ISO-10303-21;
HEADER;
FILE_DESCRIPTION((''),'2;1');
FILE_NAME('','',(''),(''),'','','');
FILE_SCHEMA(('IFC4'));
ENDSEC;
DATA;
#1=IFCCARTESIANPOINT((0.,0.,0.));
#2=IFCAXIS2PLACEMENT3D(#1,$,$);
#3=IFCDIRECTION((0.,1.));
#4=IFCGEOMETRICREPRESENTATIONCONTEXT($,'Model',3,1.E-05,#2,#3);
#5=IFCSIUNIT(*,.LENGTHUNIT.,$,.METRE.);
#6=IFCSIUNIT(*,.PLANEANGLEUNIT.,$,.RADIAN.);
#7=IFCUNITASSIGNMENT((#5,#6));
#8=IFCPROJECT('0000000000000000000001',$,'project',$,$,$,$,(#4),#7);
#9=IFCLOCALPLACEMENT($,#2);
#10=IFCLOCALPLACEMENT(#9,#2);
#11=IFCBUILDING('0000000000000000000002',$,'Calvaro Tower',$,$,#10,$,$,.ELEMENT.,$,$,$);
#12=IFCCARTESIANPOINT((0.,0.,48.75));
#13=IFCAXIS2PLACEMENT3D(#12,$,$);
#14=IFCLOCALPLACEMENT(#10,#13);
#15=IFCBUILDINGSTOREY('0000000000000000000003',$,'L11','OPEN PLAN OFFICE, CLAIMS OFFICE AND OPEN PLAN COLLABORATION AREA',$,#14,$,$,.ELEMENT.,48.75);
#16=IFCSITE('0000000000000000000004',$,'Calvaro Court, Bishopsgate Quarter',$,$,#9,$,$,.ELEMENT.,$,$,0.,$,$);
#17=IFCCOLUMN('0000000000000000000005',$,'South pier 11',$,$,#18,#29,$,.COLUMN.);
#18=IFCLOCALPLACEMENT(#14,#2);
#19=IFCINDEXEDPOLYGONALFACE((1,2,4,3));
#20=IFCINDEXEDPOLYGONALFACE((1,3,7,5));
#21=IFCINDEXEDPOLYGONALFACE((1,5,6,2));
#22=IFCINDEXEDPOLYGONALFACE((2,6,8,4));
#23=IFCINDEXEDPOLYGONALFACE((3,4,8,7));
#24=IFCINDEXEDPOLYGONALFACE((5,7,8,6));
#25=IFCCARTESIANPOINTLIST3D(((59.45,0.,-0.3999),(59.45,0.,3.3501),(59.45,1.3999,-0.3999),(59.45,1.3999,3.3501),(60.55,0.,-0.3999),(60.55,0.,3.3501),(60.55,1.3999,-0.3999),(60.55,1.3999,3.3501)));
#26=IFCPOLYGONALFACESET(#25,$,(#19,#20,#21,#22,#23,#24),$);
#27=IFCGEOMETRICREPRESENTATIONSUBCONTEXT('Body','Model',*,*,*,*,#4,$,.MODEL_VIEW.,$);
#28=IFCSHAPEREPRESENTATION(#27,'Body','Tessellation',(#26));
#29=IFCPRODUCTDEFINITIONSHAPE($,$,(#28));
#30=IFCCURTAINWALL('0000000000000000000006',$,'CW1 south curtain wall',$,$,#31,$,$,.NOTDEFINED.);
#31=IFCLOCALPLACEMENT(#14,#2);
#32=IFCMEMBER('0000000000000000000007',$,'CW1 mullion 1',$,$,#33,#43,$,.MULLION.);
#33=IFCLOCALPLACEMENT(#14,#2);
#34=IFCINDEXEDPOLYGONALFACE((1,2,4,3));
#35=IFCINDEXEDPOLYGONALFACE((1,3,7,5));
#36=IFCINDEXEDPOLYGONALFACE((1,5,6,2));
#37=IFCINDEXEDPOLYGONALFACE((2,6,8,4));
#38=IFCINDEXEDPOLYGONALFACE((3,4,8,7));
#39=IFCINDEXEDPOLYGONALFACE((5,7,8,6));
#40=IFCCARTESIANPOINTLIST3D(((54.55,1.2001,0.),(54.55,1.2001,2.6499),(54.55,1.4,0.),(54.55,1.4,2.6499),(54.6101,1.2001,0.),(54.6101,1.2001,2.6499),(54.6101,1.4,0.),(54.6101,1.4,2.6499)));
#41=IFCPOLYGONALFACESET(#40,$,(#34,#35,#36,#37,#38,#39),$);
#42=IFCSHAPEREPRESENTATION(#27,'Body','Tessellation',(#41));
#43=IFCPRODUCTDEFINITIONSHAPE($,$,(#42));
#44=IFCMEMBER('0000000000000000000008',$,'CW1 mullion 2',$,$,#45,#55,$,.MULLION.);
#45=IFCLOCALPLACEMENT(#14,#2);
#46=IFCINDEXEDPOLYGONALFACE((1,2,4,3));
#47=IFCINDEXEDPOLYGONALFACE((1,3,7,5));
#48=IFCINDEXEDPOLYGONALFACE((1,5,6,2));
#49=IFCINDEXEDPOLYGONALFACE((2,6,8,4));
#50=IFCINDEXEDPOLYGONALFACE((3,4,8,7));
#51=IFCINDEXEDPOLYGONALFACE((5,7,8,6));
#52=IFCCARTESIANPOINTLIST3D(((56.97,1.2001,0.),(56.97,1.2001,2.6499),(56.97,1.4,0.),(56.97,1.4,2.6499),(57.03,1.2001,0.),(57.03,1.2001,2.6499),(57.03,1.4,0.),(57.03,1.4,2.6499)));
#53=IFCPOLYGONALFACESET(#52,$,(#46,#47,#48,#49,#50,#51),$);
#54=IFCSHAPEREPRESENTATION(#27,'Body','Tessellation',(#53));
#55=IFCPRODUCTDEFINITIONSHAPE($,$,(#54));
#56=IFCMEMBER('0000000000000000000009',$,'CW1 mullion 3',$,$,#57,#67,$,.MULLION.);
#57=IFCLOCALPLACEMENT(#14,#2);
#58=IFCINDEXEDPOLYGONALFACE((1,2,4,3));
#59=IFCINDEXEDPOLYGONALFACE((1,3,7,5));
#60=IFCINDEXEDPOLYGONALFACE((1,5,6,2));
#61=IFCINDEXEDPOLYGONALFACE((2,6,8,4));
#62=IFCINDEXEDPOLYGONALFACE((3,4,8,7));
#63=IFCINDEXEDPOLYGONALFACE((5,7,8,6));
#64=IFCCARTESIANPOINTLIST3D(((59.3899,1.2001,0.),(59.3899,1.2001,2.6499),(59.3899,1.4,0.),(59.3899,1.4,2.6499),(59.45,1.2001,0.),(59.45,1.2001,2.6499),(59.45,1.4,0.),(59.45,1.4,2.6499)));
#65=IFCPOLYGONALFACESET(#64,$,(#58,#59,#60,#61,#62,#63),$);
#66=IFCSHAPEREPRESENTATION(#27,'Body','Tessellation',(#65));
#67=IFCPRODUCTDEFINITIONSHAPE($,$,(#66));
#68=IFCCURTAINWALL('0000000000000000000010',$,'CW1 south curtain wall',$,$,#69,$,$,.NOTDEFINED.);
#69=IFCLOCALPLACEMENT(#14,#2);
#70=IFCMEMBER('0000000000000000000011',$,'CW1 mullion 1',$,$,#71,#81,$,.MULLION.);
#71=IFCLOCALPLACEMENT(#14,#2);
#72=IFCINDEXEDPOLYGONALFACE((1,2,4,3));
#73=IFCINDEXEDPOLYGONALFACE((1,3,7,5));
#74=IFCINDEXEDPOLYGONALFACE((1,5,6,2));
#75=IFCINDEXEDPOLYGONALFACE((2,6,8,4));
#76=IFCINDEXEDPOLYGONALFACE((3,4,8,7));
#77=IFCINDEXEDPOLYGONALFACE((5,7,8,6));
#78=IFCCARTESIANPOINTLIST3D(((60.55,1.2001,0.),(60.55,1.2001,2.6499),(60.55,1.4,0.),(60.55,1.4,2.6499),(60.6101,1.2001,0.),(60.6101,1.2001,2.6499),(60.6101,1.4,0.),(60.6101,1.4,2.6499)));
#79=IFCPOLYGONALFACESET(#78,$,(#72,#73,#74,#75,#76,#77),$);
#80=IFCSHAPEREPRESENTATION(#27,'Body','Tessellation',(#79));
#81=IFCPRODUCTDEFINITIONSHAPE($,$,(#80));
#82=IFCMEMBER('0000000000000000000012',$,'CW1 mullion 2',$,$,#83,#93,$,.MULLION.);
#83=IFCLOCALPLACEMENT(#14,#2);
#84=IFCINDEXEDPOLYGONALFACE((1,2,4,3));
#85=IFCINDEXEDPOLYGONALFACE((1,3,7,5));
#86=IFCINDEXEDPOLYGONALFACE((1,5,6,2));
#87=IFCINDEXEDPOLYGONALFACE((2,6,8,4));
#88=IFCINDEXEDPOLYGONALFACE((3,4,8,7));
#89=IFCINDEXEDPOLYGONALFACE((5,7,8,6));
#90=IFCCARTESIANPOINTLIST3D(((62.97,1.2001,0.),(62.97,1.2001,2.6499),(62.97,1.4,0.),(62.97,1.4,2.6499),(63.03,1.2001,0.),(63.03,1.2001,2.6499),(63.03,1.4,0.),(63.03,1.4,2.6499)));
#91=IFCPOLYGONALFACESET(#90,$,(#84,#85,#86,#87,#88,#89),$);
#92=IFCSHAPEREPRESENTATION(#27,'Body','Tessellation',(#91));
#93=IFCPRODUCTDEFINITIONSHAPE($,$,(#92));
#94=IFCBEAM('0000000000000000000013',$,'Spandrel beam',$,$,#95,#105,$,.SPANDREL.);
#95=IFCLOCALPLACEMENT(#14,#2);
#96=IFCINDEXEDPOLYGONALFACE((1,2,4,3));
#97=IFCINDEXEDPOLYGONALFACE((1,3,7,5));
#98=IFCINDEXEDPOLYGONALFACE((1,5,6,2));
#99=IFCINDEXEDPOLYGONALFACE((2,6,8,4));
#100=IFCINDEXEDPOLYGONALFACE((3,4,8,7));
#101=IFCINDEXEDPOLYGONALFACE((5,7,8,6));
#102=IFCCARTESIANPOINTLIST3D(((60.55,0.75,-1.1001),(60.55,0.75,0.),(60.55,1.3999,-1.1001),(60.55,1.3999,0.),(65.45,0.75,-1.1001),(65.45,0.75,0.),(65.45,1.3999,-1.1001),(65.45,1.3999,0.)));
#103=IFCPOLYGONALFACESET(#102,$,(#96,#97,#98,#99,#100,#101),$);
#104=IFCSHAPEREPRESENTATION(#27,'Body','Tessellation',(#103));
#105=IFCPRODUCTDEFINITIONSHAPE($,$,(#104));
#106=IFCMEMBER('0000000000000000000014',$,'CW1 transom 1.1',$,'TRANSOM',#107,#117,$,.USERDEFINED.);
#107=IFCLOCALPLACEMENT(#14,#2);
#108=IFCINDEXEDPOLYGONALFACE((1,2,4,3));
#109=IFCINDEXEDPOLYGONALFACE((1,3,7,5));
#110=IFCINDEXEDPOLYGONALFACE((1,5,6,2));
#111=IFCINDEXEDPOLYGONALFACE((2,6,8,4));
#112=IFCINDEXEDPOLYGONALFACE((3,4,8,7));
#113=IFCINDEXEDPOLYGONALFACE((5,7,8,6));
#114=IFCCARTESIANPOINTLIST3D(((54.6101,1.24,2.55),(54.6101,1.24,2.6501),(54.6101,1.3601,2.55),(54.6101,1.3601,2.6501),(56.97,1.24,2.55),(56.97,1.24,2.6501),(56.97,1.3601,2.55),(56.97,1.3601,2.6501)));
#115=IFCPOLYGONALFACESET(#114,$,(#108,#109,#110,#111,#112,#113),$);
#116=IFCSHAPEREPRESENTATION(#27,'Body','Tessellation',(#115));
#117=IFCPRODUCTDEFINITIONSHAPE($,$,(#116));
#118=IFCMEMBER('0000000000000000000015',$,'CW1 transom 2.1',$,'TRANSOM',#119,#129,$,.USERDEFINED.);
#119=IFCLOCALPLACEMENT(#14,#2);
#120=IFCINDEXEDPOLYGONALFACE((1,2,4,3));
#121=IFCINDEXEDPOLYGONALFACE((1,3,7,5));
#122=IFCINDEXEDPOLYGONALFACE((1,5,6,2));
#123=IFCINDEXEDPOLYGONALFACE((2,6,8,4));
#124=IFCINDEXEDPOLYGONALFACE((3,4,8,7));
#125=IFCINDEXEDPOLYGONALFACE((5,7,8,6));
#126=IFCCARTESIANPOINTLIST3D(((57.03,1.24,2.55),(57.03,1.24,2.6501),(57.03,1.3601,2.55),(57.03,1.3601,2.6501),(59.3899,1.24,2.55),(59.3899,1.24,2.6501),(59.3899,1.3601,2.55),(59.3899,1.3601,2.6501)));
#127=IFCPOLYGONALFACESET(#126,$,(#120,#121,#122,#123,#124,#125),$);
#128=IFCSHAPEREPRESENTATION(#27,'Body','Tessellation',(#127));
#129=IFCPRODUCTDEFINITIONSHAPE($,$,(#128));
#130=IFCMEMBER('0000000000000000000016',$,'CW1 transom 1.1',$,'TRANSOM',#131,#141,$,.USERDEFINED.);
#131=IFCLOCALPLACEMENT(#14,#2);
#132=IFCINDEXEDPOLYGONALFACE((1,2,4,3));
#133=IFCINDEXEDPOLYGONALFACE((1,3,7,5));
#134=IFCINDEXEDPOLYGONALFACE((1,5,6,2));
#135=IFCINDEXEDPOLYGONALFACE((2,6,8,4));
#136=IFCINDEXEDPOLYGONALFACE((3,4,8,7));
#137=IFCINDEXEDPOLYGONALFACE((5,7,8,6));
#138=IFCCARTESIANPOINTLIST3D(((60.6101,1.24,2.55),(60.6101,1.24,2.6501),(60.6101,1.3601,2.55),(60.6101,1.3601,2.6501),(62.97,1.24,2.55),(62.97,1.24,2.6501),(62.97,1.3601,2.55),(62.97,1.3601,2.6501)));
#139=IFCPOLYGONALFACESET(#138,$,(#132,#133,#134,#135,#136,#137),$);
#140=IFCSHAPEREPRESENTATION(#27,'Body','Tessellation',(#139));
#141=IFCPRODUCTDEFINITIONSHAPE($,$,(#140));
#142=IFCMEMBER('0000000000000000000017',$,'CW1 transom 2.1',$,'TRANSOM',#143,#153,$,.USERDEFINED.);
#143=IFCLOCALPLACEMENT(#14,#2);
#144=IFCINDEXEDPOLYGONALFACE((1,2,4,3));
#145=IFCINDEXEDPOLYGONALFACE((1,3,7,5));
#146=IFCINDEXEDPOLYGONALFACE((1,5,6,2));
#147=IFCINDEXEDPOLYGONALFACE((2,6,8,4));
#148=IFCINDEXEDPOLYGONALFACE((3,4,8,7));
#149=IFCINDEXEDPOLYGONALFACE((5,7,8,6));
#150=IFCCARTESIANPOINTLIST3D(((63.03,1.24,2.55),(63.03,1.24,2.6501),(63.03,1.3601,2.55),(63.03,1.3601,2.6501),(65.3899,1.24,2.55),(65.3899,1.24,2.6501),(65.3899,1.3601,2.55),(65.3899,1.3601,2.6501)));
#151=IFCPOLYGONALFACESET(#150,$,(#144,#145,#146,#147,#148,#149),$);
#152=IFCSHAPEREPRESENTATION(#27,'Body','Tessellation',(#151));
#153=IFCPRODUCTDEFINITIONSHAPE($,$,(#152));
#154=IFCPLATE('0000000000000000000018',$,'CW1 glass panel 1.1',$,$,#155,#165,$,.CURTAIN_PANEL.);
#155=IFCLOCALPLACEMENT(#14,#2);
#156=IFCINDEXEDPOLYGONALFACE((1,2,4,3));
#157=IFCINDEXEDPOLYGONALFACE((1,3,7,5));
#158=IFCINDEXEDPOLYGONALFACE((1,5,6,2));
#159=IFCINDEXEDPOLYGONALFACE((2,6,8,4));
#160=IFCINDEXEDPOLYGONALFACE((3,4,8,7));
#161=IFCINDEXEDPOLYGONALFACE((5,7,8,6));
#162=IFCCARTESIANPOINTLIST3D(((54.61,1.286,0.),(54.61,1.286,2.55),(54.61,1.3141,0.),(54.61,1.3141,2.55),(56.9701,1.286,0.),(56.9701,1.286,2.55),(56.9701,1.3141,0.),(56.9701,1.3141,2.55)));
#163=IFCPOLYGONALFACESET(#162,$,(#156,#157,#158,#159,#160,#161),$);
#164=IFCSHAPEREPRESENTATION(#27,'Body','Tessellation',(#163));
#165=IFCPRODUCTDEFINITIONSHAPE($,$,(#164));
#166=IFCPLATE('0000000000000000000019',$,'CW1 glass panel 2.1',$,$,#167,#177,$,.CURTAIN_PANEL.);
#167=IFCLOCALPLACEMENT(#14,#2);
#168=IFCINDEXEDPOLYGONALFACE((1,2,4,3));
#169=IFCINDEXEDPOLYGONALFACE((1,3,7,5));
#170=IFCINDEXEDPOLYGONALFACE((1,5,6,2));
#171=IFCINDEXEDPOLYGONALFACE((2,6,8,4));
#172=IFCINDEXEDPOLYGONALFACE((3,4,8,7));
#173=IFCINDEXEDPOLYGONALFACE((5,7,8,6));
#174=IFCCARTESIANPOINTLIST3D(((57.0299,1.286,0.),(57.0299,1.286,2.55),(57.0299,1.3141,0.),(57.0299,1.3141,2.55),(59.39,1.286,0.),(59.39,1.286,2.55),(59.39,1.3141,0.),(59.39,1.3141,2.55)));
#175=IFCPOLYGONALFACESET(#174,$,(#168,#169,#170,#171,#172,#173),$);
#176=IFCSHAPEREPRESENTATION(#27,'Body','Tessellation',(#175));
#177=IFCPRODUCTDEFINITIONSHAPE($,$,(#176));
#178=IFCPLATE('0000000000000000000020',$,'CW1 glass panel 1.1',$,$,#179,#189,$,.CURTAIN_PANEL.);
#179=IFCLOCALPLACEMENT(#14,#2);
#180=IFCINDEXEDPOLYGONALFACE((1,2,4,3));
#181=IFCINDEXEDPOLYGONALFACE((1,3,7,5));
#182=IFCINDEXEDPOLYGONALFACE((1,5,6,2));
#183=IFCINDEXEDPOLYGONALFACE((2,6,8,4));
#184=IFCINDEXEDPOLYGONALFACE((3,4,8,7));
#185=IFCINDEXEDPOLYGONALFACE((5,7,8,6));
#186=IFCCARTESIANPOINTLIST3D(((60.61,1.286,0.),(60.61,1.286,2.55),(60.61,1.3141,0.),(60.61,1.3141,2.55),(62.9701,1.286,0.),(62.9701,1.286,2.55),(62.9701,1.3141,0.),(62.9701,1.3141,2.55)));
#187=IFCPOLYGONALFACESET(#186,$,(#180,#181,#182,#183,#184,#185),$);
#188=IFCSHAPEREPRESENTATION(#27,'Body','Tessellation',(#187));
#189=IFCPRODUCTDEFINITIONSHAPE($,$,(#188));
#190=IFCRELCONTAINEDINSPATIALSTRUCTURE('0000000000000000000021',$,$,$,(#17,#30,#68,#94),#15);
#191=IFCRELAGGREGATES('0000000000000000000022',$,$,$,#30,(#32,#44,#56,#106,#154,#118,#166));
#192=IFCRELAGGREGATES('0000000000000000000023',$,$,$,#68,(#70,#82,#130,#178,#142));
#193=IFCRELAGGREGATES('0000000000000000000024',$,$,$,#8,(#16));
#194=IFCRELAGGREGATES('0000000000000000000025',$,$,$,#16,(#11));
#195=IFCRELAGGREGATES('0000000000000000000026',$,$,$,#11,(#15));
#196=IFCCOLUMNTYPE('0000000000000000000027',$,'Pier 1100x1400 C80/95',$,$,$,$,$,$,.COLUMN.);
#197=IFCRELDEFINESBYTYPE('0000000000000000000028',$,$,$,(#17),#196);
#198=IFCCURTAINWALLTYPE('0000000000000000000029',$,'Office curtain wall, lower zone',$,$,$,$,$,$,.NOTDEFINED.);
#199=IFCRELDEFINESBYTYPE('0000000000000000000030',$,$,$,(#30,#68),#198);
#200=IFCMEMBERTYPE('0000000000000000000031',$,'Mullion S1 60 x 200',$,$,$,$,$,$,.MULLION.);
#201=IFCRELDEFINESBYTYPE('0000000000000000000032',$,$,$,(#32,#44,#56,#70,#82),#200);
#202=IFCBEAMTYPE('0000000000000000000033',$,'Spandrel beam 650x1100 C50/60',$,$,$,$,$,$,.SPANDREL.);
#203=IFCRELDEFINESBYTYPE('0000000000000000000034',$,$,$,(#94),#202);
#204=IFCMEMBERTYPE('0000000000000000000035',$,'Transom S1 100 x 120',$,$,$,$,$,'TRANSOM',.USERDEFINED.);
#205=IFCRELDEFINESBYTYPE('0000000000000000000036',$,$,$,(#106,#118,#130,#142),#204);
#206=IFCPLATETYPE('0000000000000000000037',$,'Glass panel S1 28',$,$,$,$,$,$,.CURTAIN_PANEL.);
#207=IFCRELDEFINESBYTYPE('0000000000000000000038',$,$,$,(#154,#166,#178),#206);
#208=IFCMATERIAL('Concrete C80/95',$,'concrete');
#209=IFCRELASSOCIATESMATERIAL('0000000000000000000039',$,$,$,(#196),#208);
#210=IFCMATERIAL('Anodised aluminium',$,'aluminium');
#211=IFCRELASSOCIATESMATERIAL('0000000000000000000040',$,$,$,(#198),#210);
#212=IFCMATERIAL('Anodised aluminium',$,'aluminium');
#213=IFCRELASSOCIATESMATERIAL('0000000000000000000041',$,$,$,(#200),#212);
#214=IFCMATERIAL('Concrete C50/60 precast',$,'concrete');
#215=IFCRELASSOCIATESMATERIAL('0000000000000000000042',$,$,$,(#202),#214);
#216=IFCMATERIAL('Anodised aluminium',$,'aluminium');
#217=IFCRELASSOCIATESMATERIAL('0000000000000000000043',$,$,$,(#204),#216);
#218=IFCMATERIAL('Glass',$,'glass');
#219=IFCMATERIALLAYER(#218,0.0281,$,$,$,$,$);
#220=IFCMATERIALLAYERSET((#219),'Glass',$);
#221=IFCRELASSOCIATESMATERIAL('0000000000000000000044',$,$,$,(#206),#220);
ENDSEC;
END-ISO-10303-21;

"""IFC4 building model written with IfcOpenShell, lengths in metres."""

from ifc_helpers import new_model, si_unit, direction, frame, origin, origin_2d, place, context, subcontext, project, spatial, rectangle, extrude, material, layer, layer_set, material_profile, profile_set, type_object, element, aggregate, save


model = new_model("IFC4")

# Units and contexts
model_context = context("Model", 3, precision=1e-05, world=origin(), true_north=direction((0.0, 1.0)))
body_context = subcontext(model_context, "Body", "Model", "MODEL_VIEW")
ifc_project = project(units=[si_unit("LENGTHUNIT", "METRE"), si_unit("PLANEANGLEUNIT", "RADIAN")], contexts=[model_context])

# Site, building, storey
site_placement = place(None, origin())
site = spatial("IfcSite", under=ifc_project, at=site_placement, Name="Calvaro Court, Bishopsgate Quarter", CompositionType="ELEMENT", RefElevation=0.0)
building_placement = place(site_placement, origin())
building = spatial("IfcBuilding", under=site, at=building_placement, Name="Calvaro Tower", CompositionType="ELEMENT")
storey_placement = place(building_placement, frame((0.0, 0.0, 48.75)))
storey = spatial("IfcBuildingStorey", under=building, at=storey_placement, Name="L11", Description="OPEN PLAN OFFICE, CLAIMS OFFICE AND OPEN PLAN COLLABORATION AREA", CompositionType="ELEMENT", Elevation=48.75)

# Column
ifc_material_1 = material(Name="Concrete C80/95", Category="concrete")
ifc_material_profile_1 = material_profile(ifc_material_1, rectangle(XDim=1.1001, YDim=1.3999, at=origin_2d()), Name="RC 1100x1400")
ifc_profile_set_1 = profile_set([ifc_material_profile_1], Name="Concrete C80/95")
column_type = type_object("IfcColumnType", Name="Pier 1100x1400 C80/95", PredefinedType="COLUMN", material=ifc_profile_set_1)
column_placement = place(storey_placement, frame((60.0, 0.7, -0.3999), z_axis=(0.0, 0.0, 1.0), x_axis=(1.0, 0.0, 0.0)))
element("IfcColumn", 1, at=column_placement, inside=storey, type_object=column_type, Name="South pier 11", PredefinedType="COLUMN", context=body_context, shape_type="SweptSolid", body=[
    extrude(rectangle(XDim=1.1001, YDim=1.3999, at=origin_2d()), origin(), (0.0, 0.0, 1.0), 3.75),
])

# Curtain walls, members
ifc_material_2 = material(Name="Anodised aluminium", Category="aluminium")
curtain_wall_type = type_object("IfcCurtainWallType", Name="Office curtain wall, lower zone", PredefinedType="NOTDEFINED", material=ifc_material_2)
curtain_wall_1_placement = place(storey_placement, origin())
curtain_wall_1 = element("IfcCurtainWall", 2, at=curtain_wall_1_placement, inside=storey, type_object=curtain_wall_type, Name="CW1 south curtain wall", PredefinedType="NOTDEFINED")
ifc_material_3 = material(Name="Anodised aluminium", Category="aluminium")
ifc_material_profile_2 = material_profile(ifc_material_3, rectangle(XDim=0.2, YDim=0.0601, at=origin_2d()), Name="Mullion S1 60 x 200")
ifc_profile_set_2 = profile_set([ifc_material_profile_2], Name="Anodised aluminium")
member_type_1 = type_object("IfcMemberType", Name="Mullion S1 60 x 200", PredefinedType="MULLION", material=ifc_profile_set_2)
member_1_placement = place(storey_placement, frame((54.5801, 1.3, 0.0), z_axis=(0.0, 0.0, 1.0), x_axis=(0.0, 1.0, 0.0)))
member_1 = element("IfcMember", 3, at=member_1_placement, type_object=member_type_1, Name="CW1 mullion 1", PredefinedType="MULLION", context=body_context, shape_type="SweptSolid", body=[
    extrude(rectangle(XDim=0.2, YDim=0.0601, at=origin_2d()), origin(), (0.0, 0.0, 1.0), 2.6499),
])
member_2_placement = place(storey_placement, frame((57.0, 1.3, 0.0), z_axis=(0.0, 0.0, 1.0), x_axis=(0.0, 1.0, 0.0)))
member_2 = element("IfcMember", 4, at=member_2_placement, type_object=member_type_1, Name="CW1 mullion 2", PredefinedType="MULLION", context=body_context, shape_type="SweptSolid", body=[
    extrude(rectangle(XDim=0.2, YDim=0.0601, at=origin_2d()), origin(), (0.0, 0.0, 1.0), 2.6499),
])
member_3_placement = place(storey_placement, frame((59.4199, 1.3, 0.0), z_axis=(0.0, 0.0, 1.0), x_axis=(0.0, 1.0, 0.0)))
member_3 = element("IfcMember", 5, at=member_3_placement, type_object=member_type_1, Name="CW1 mullion 3", PredefinedType="MULLION", context=body_context, shape_type="SweptSolid", body=[
    extrude(rectangle(XDim=0.2, YDim=0.0601, at=origin_2d()), origin(), (0.0, 0.0, 1.0), 2.6499),
])
curtain_wall_2_placement = place(storey_placement, origin())
curtain_wall_2 = element("IfcCurtainWall", 6, at=curtain_wall_2_placement, inside=storey, type_object=curtain_wall_type, Name="CW1 south curtain wall", PredefinedType="NOTDEFINED")
member_4_placement = place(storey_placement, frame((60.5801, 1.3, 0.0), z_axis=(0.0, 0.0, 1.0), x_axis=(0.0, 1.0, 0.0)))
member_4 = element("IfcMember", 7, at=member_4_placement, type_object=member_type_1, Name="CW1 mullion 1", PredefinedType="MULLION", context=body_context, shape_type="SweptSolid", body=[
    extrude(rectangle(XDim=0.2, YDim=0.0601, at=origin_2d()), origin(), (0.0, 0.0, 1.0), 2.6499),
])
member_5_placement = place(storey_placement, frame((63.0, 1.3, 0.0), z_axis=(0.0, 0.0, 1.0), x_axis=(0.0, 1.0, 0.0)))
member_5 = element("IfcMember", 8, at=member_5_placement, type_object=member_type_1, Name="CW1 mullion 2", PredefinedType="MULLION", context=body_context, shape_type="SweptSolid", body=[
    extrude(rectangle(XDim=0.2, YDim=0.0601, at=origin_2d()), origin(), (0.0, 0.0, 1.0), 2.6499),
])

# Beam
ifc_material_4 = material(Name="Concrete C50/60 precast", Category="concrete")
ifc_material_profile_3 = material_profile(ifc_material_4, rectangle(XDim=0.6499, YDim=1.1001, at=origin_2d()), Name="RC 650x1100")
ifc_profile_set_3 = profile_set([ifc_material_profile_3], Name="Concrete C50/60 precast")
beam_type = type_object("IfcBeamType", Name="Spandrel beam 650x1100 C50/60", PredefinedType="SPANDREL", material=ifc_profile_set_3)
beam_placement = place(storey_placement, frame((60.55, 1.075, -0.55), z_axis=(1.0, 0.0, 0.0), x_axis=(0.0, 1.0, 0.0)))
element("IfcBeam", 9, at=beam_placement, inside=storey, type_object=beam_type, Name="Spandrel beam", PredefinedType="SPANDREL", context=body_context, shape_type="SweptSolid", body=[
    extrude(rectangle(XDim=0.6499, YDim=1.1001, at=origin_2d()), origin(), (0.0, 0.0, 1.0), 4.8999),
])

# Members
ifc_material_5 = material(Name="Anodised aluminium", Category="aluminium")
ifc_material_profile_4 = material_profile(ifc_material_5, rectangle(XDim=0.1201, YDim=0.1001, at=origin_2d()), Name="Transom S1 100 x 120")
ifc_profile_set_4 = profile_set([ifc_material_profile_4], Name="Anodised aluminium")
member_type_2 = type_object("IfcMemberType", Name="Transom S1 100 x 120", ElementType="TRANSOM", PredefinedType="USERDEFINED", material=ifc_profile_set_4)
member_6_placement = place(storey_placement, frame((54.6101, 1.3, 2.6001), z_axis=(1.0, 0.0, 0.0), x_axis=(0.0, 1.0, 0.0)))
member_6 = element("IfcMember", 10, at=member_6_placement, type_object=member_type_2, Name="CW1 transom 1.1", ObjectType="TRANSOM", PredefinedType="USERDEFINED", context=body_context, shape_type="SweptSolid", body=[
    extrude(rectangle(XDim=0.1201, YDim=0.1001, at=origin_2d()), origin(), (0.0, 0.0, 1.0), 2.3599),
])
member_7_placement = place(storey_placement, frame((57.03, 1.3, 2.6001), z_axis=(1.0, 0.0, 0.0), x_axis=(0.0, 1.0, 0.0)))
member_7 = element("IfcMember", 11, at=member_7_placement, type_object=member_type_2, Name="CW1 transom 2.1", ObjectType="TRANSOM", PredefinedType="USERDEFINED", context=body_context, shape_type="SweptSolid", body=[
    extrude(rectangle(XDim=0.1201, YDim=0.1001, at=origin_2d()), origin(), (0.0, 0.0, 1.0), 2.3599),
])
member_8_placement = place(storey_placement, frame((60.6101, 1.3, 2.6001), z_axis=(1.0, 0.0, 0.0), x_axis=(0.0, 1.0, 0.0)))
member_8 = element("IfcMember", 12, at=member_8_placement, type_object=member_type_2, Name="CW1 transom 1.1", ObjectType="TRANSOM", PredefinedType="USERDEFINED", context=body_context, shape_type="SweptSolid", body=[
    extrude(rectangle(XDim=0.1201, YDim=0.1001, at=origin_2d()), origin(), (0.0, 0.0, 1.0), 2.3599),
])
member_9_placement = place(storey_placement, frame((63.03, 1.3, 2.6001), z_axis=(1.0, 0.0, 0.0), x_axis=(0.0, 1.0, 0.0)))
member_9 = element("IfcMember", 13, at=member_9_placement, type_object=member_type_2, Name="CW1 transom 2.1", ObjectType="TRANSOM", PredefinedType="USERDEFINED", context=body_context, shape_type="SweptSolid", body=[
    extrude(rectangle(XDim=0.1201, YDim=0.1001, at=origin_2d()), origin(), (0.0, 0.0, 1.0), 2.3599),
])

# Plates
ifc_material_6 = material(Name="Glass", Category="glass")
ifc_layer_1 = layer(ifc_material_6, 0.0281)
ifc_layer_set_1 = layer_set([ifc_layer_1], Name="Glass")
plate_type = type_object("IfcPlateType", Name="Glass panel S1 28", PredefinedType="CURTAIN_PANEL", material=ifc_layer_set_1)
plate_1_placement = place(storey_placement, frame((55.79, 1.3, 0.0), z_axis=(0.0, 0.0, 1.0), x_axis=(1.0, 0.0, 0.0)))
plate_1 = element("IfcPlate", 14, at=plate_1_placement, type_object=plate_type, Name="CW1 glass panel 1.1", PredefinedType="CURTAIN_PANEL", context=body_context, shape_type="SweptSolid", body=[
    extrude(rectangle(XDim=2.3601, YDim=0.0281, at=origin_2d()), origin(), (0.0, 0.0, 1.0), 2.55),
])
plate_2_placement = place(storey_placement, frame((58.21, 1.3, 0.0), z_axis=(0.0, 0.0, 1.0), x_axis=(1.0, 0.0, 0.0)))
plate_2 = element("IfcPlate", 15, at=plate_2_placement, type_object=plate_type, Name="CW1 glass panel 2.1", PredefinedType="CURTAIN_PANEL", context=body_context, shape_type="SweptSolid", body=[
    extrude(rectangle(XDim=2.3601, YDim=0.0281, at=origin_2d()), origin(), (0.0, 0.0, 1.0), 2.55),
])
aggregate(curtain_wall_1, [member_1, member_2, member_3, member_6, plate_1, member_7, plate_2])
plate_3_placement = place(storey_placement, frame((61.79, 1.3, 0.0), z_axis=(0.0, 0.0, 1.0), x_axis=(1.0, 0.0, 0.0)))
plate_3 = element("IfcPlate", 16, at=plate_3_placement, type_object=plate_type, Name="CW1 glass panel 1.1", PredefinedType="CURTAIN_PANEL", context=body_context, shape_type="SweptSolid", body=[
    extrude(rectangle(XDim=2.3601, YDim=0.0281, at=origin_2d()), origin(), (0.0, 0.0, 1.0), 2.55),
])
aggregate(curtain_wall_2, [member_4, member_5, member_8, plate_3, member_9])

save(model, "model.ifc")
